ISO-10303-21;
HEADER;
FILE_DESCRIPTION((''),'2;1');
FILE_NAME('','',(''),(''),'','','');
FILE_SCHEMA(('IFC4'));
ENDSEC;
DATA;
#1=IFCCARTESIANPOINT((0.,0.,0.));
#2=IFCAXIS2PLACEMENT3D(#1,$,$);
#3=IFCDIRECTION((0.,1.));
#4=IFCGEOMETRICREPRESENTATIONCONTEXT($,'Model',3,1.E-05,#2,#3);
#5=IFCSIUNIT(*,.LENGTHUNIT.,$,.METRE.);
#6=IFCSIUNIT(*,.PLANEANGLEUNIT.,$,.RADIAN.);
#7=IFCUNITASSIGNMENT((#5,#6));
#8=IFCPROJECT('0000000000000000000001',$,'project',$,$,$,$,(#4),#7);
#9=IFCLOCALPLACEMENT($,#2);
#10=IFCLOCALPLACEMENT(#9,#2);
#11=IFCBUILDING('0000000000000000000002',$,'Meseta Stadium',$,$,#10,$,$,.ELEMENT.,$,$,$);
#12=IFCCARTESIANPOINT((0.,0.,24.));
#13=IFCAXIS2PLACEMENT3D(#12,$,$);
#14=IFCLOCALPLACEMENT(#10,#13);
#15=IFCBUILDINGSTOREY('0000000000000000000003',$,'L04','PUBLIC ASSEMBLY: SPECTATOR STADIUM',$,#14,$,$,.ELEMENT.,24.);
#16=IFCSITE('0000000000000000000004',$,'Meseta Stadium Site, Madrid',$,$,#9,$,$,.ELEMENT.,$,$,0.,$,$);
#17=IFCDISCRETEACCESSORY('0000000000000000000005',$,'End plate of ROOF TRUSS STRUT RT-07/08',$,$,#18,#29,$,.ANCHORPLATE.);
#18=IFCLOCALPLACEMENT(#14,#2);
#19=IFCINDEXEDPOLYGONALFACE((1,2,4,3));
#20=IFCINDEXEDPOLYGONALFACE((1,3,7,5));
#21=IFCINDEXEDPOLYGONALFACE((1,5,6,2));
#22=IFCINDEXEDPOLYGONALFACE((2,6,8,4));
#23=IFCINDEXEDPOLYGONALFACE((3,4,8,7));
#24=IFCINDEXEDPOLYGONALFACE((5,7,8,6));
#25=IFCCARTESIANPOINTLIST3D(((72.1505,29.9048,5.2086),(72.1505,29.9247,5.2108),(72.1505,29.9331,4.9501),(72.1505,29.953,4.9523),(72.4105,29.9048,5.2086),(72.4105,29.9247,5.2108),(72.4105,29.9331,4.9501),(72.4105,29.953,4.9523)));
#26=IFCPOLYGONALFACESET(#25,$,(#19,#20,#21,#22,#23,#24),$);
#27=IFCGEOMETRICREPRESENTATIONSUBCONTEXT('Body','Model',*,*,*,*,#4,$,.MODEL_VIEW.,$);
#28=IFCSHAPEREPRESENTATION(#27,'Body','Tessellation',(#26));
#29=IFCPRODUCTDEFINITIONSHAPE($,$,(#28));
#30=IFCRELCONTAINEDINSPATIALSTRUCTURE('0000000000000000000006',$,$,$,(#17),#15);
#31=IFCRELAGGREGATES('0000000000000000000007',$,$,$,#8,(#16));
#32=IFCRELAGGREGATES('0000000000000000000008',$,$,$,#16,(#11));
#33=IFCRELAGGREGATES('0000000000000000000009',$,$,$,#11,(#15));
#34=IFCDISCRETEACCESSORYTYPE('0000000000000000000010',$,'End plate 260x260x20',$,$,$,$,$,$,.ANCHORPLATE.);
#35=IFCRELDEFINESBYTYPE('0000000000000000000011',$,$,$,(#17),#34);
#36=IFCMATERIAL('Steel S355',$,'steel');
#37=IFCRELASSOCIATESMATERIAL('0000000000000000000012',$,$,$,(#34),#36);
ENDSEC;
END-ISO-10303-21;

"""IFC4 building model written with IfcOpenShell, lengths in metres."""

from ifc_helpers import new_model, si_unit, direction, frame, origin, origin_2d, place, context, subcontext, project, spatial, rectangle, extrude, material, material_profile, profile_set, type_object, element, save


model = new_model("IFC4")

# Units and contexts
model_context = context("Model", 3, precision=1e-05, world=origin(), true_north=direction((0.0, 1.0)))
body_context = subcontext(model_context, "Body", "Model", "MODEL_VIEW")
ifc_project = project(units=[si_unit("LENGTHUNIT", "METRE"), si_unit("PLANEANGLEUNIT", "RADIAN")], contexts=[model_context])

# Site, building, storey
site_placement = place(None, origin())
site = spatial("IfcSite", under=ifc_project, at=site_placement, Name="Meseta Stadium Site, Madrid", CompositionType="ELEMENT", RefElevation=0.0)
building_placement = place(site_placement, origin())
building = spatial("IfcBuilding", under=site, at=building_placement, Name="Meseta Stadium", CompositionType="ELEMENT")
storey_placement = place(building_placement, frame((0.0, 0.0, 24.0)))
storey = spatial("IfcBuildingStorey", under=building, at=storey_placement, Name="L04", Description="PUBLIC ASSEMBLY: SPECTATOR STADIUM", CompositionType="ELEMENT", Elevation=24.0)

# Discrete accessory
ifc_material_1 = material(Name="Steel S355", Category="steel")
ifc_material_profile_1 = material_profile(ifc_material_1, rectangle(XDim=0.26, YDim=0.26, at=origin_2d()), Name="PL 260x260")
ifc_profile_set_1 = profile_set([ifc_material_profile_1], Name="Steel S355")
discrete_accessory_type_1 = type_object("IfcDiscreteAccessoryType", Name="End plate 260x260x20", PredefinedType="ANCHORPLATE", material=ifc_profile_set_1)
for number, where, z_axis, x_axis, name in (
    (1, (72.2805, 29.9189, 5.0793), (0.0, 0.994031, 0.109101), (-1.0, 0.0, 0.0), "End plate of ROOF TRUSS STRUT RT-07/08"),
):
    element("IfcDiscreteAccessory", number, at=place(storey_placement, frame(where, z_axis=z_axis, x_axis=x_axis)), inside=storey, type_object=discrete_accessory_type_1, Name=name, PredefinedType="ANCHORPLATE", context=body_context, shape_type="SweptSolid", body=[
        extrude(rectangle(XDim=0.26, YDim=0.26, at=origin_2d()), origin(), (0.0, 0.0, 1.0), 0.02),
    ])

save(model, "model.ifc")
